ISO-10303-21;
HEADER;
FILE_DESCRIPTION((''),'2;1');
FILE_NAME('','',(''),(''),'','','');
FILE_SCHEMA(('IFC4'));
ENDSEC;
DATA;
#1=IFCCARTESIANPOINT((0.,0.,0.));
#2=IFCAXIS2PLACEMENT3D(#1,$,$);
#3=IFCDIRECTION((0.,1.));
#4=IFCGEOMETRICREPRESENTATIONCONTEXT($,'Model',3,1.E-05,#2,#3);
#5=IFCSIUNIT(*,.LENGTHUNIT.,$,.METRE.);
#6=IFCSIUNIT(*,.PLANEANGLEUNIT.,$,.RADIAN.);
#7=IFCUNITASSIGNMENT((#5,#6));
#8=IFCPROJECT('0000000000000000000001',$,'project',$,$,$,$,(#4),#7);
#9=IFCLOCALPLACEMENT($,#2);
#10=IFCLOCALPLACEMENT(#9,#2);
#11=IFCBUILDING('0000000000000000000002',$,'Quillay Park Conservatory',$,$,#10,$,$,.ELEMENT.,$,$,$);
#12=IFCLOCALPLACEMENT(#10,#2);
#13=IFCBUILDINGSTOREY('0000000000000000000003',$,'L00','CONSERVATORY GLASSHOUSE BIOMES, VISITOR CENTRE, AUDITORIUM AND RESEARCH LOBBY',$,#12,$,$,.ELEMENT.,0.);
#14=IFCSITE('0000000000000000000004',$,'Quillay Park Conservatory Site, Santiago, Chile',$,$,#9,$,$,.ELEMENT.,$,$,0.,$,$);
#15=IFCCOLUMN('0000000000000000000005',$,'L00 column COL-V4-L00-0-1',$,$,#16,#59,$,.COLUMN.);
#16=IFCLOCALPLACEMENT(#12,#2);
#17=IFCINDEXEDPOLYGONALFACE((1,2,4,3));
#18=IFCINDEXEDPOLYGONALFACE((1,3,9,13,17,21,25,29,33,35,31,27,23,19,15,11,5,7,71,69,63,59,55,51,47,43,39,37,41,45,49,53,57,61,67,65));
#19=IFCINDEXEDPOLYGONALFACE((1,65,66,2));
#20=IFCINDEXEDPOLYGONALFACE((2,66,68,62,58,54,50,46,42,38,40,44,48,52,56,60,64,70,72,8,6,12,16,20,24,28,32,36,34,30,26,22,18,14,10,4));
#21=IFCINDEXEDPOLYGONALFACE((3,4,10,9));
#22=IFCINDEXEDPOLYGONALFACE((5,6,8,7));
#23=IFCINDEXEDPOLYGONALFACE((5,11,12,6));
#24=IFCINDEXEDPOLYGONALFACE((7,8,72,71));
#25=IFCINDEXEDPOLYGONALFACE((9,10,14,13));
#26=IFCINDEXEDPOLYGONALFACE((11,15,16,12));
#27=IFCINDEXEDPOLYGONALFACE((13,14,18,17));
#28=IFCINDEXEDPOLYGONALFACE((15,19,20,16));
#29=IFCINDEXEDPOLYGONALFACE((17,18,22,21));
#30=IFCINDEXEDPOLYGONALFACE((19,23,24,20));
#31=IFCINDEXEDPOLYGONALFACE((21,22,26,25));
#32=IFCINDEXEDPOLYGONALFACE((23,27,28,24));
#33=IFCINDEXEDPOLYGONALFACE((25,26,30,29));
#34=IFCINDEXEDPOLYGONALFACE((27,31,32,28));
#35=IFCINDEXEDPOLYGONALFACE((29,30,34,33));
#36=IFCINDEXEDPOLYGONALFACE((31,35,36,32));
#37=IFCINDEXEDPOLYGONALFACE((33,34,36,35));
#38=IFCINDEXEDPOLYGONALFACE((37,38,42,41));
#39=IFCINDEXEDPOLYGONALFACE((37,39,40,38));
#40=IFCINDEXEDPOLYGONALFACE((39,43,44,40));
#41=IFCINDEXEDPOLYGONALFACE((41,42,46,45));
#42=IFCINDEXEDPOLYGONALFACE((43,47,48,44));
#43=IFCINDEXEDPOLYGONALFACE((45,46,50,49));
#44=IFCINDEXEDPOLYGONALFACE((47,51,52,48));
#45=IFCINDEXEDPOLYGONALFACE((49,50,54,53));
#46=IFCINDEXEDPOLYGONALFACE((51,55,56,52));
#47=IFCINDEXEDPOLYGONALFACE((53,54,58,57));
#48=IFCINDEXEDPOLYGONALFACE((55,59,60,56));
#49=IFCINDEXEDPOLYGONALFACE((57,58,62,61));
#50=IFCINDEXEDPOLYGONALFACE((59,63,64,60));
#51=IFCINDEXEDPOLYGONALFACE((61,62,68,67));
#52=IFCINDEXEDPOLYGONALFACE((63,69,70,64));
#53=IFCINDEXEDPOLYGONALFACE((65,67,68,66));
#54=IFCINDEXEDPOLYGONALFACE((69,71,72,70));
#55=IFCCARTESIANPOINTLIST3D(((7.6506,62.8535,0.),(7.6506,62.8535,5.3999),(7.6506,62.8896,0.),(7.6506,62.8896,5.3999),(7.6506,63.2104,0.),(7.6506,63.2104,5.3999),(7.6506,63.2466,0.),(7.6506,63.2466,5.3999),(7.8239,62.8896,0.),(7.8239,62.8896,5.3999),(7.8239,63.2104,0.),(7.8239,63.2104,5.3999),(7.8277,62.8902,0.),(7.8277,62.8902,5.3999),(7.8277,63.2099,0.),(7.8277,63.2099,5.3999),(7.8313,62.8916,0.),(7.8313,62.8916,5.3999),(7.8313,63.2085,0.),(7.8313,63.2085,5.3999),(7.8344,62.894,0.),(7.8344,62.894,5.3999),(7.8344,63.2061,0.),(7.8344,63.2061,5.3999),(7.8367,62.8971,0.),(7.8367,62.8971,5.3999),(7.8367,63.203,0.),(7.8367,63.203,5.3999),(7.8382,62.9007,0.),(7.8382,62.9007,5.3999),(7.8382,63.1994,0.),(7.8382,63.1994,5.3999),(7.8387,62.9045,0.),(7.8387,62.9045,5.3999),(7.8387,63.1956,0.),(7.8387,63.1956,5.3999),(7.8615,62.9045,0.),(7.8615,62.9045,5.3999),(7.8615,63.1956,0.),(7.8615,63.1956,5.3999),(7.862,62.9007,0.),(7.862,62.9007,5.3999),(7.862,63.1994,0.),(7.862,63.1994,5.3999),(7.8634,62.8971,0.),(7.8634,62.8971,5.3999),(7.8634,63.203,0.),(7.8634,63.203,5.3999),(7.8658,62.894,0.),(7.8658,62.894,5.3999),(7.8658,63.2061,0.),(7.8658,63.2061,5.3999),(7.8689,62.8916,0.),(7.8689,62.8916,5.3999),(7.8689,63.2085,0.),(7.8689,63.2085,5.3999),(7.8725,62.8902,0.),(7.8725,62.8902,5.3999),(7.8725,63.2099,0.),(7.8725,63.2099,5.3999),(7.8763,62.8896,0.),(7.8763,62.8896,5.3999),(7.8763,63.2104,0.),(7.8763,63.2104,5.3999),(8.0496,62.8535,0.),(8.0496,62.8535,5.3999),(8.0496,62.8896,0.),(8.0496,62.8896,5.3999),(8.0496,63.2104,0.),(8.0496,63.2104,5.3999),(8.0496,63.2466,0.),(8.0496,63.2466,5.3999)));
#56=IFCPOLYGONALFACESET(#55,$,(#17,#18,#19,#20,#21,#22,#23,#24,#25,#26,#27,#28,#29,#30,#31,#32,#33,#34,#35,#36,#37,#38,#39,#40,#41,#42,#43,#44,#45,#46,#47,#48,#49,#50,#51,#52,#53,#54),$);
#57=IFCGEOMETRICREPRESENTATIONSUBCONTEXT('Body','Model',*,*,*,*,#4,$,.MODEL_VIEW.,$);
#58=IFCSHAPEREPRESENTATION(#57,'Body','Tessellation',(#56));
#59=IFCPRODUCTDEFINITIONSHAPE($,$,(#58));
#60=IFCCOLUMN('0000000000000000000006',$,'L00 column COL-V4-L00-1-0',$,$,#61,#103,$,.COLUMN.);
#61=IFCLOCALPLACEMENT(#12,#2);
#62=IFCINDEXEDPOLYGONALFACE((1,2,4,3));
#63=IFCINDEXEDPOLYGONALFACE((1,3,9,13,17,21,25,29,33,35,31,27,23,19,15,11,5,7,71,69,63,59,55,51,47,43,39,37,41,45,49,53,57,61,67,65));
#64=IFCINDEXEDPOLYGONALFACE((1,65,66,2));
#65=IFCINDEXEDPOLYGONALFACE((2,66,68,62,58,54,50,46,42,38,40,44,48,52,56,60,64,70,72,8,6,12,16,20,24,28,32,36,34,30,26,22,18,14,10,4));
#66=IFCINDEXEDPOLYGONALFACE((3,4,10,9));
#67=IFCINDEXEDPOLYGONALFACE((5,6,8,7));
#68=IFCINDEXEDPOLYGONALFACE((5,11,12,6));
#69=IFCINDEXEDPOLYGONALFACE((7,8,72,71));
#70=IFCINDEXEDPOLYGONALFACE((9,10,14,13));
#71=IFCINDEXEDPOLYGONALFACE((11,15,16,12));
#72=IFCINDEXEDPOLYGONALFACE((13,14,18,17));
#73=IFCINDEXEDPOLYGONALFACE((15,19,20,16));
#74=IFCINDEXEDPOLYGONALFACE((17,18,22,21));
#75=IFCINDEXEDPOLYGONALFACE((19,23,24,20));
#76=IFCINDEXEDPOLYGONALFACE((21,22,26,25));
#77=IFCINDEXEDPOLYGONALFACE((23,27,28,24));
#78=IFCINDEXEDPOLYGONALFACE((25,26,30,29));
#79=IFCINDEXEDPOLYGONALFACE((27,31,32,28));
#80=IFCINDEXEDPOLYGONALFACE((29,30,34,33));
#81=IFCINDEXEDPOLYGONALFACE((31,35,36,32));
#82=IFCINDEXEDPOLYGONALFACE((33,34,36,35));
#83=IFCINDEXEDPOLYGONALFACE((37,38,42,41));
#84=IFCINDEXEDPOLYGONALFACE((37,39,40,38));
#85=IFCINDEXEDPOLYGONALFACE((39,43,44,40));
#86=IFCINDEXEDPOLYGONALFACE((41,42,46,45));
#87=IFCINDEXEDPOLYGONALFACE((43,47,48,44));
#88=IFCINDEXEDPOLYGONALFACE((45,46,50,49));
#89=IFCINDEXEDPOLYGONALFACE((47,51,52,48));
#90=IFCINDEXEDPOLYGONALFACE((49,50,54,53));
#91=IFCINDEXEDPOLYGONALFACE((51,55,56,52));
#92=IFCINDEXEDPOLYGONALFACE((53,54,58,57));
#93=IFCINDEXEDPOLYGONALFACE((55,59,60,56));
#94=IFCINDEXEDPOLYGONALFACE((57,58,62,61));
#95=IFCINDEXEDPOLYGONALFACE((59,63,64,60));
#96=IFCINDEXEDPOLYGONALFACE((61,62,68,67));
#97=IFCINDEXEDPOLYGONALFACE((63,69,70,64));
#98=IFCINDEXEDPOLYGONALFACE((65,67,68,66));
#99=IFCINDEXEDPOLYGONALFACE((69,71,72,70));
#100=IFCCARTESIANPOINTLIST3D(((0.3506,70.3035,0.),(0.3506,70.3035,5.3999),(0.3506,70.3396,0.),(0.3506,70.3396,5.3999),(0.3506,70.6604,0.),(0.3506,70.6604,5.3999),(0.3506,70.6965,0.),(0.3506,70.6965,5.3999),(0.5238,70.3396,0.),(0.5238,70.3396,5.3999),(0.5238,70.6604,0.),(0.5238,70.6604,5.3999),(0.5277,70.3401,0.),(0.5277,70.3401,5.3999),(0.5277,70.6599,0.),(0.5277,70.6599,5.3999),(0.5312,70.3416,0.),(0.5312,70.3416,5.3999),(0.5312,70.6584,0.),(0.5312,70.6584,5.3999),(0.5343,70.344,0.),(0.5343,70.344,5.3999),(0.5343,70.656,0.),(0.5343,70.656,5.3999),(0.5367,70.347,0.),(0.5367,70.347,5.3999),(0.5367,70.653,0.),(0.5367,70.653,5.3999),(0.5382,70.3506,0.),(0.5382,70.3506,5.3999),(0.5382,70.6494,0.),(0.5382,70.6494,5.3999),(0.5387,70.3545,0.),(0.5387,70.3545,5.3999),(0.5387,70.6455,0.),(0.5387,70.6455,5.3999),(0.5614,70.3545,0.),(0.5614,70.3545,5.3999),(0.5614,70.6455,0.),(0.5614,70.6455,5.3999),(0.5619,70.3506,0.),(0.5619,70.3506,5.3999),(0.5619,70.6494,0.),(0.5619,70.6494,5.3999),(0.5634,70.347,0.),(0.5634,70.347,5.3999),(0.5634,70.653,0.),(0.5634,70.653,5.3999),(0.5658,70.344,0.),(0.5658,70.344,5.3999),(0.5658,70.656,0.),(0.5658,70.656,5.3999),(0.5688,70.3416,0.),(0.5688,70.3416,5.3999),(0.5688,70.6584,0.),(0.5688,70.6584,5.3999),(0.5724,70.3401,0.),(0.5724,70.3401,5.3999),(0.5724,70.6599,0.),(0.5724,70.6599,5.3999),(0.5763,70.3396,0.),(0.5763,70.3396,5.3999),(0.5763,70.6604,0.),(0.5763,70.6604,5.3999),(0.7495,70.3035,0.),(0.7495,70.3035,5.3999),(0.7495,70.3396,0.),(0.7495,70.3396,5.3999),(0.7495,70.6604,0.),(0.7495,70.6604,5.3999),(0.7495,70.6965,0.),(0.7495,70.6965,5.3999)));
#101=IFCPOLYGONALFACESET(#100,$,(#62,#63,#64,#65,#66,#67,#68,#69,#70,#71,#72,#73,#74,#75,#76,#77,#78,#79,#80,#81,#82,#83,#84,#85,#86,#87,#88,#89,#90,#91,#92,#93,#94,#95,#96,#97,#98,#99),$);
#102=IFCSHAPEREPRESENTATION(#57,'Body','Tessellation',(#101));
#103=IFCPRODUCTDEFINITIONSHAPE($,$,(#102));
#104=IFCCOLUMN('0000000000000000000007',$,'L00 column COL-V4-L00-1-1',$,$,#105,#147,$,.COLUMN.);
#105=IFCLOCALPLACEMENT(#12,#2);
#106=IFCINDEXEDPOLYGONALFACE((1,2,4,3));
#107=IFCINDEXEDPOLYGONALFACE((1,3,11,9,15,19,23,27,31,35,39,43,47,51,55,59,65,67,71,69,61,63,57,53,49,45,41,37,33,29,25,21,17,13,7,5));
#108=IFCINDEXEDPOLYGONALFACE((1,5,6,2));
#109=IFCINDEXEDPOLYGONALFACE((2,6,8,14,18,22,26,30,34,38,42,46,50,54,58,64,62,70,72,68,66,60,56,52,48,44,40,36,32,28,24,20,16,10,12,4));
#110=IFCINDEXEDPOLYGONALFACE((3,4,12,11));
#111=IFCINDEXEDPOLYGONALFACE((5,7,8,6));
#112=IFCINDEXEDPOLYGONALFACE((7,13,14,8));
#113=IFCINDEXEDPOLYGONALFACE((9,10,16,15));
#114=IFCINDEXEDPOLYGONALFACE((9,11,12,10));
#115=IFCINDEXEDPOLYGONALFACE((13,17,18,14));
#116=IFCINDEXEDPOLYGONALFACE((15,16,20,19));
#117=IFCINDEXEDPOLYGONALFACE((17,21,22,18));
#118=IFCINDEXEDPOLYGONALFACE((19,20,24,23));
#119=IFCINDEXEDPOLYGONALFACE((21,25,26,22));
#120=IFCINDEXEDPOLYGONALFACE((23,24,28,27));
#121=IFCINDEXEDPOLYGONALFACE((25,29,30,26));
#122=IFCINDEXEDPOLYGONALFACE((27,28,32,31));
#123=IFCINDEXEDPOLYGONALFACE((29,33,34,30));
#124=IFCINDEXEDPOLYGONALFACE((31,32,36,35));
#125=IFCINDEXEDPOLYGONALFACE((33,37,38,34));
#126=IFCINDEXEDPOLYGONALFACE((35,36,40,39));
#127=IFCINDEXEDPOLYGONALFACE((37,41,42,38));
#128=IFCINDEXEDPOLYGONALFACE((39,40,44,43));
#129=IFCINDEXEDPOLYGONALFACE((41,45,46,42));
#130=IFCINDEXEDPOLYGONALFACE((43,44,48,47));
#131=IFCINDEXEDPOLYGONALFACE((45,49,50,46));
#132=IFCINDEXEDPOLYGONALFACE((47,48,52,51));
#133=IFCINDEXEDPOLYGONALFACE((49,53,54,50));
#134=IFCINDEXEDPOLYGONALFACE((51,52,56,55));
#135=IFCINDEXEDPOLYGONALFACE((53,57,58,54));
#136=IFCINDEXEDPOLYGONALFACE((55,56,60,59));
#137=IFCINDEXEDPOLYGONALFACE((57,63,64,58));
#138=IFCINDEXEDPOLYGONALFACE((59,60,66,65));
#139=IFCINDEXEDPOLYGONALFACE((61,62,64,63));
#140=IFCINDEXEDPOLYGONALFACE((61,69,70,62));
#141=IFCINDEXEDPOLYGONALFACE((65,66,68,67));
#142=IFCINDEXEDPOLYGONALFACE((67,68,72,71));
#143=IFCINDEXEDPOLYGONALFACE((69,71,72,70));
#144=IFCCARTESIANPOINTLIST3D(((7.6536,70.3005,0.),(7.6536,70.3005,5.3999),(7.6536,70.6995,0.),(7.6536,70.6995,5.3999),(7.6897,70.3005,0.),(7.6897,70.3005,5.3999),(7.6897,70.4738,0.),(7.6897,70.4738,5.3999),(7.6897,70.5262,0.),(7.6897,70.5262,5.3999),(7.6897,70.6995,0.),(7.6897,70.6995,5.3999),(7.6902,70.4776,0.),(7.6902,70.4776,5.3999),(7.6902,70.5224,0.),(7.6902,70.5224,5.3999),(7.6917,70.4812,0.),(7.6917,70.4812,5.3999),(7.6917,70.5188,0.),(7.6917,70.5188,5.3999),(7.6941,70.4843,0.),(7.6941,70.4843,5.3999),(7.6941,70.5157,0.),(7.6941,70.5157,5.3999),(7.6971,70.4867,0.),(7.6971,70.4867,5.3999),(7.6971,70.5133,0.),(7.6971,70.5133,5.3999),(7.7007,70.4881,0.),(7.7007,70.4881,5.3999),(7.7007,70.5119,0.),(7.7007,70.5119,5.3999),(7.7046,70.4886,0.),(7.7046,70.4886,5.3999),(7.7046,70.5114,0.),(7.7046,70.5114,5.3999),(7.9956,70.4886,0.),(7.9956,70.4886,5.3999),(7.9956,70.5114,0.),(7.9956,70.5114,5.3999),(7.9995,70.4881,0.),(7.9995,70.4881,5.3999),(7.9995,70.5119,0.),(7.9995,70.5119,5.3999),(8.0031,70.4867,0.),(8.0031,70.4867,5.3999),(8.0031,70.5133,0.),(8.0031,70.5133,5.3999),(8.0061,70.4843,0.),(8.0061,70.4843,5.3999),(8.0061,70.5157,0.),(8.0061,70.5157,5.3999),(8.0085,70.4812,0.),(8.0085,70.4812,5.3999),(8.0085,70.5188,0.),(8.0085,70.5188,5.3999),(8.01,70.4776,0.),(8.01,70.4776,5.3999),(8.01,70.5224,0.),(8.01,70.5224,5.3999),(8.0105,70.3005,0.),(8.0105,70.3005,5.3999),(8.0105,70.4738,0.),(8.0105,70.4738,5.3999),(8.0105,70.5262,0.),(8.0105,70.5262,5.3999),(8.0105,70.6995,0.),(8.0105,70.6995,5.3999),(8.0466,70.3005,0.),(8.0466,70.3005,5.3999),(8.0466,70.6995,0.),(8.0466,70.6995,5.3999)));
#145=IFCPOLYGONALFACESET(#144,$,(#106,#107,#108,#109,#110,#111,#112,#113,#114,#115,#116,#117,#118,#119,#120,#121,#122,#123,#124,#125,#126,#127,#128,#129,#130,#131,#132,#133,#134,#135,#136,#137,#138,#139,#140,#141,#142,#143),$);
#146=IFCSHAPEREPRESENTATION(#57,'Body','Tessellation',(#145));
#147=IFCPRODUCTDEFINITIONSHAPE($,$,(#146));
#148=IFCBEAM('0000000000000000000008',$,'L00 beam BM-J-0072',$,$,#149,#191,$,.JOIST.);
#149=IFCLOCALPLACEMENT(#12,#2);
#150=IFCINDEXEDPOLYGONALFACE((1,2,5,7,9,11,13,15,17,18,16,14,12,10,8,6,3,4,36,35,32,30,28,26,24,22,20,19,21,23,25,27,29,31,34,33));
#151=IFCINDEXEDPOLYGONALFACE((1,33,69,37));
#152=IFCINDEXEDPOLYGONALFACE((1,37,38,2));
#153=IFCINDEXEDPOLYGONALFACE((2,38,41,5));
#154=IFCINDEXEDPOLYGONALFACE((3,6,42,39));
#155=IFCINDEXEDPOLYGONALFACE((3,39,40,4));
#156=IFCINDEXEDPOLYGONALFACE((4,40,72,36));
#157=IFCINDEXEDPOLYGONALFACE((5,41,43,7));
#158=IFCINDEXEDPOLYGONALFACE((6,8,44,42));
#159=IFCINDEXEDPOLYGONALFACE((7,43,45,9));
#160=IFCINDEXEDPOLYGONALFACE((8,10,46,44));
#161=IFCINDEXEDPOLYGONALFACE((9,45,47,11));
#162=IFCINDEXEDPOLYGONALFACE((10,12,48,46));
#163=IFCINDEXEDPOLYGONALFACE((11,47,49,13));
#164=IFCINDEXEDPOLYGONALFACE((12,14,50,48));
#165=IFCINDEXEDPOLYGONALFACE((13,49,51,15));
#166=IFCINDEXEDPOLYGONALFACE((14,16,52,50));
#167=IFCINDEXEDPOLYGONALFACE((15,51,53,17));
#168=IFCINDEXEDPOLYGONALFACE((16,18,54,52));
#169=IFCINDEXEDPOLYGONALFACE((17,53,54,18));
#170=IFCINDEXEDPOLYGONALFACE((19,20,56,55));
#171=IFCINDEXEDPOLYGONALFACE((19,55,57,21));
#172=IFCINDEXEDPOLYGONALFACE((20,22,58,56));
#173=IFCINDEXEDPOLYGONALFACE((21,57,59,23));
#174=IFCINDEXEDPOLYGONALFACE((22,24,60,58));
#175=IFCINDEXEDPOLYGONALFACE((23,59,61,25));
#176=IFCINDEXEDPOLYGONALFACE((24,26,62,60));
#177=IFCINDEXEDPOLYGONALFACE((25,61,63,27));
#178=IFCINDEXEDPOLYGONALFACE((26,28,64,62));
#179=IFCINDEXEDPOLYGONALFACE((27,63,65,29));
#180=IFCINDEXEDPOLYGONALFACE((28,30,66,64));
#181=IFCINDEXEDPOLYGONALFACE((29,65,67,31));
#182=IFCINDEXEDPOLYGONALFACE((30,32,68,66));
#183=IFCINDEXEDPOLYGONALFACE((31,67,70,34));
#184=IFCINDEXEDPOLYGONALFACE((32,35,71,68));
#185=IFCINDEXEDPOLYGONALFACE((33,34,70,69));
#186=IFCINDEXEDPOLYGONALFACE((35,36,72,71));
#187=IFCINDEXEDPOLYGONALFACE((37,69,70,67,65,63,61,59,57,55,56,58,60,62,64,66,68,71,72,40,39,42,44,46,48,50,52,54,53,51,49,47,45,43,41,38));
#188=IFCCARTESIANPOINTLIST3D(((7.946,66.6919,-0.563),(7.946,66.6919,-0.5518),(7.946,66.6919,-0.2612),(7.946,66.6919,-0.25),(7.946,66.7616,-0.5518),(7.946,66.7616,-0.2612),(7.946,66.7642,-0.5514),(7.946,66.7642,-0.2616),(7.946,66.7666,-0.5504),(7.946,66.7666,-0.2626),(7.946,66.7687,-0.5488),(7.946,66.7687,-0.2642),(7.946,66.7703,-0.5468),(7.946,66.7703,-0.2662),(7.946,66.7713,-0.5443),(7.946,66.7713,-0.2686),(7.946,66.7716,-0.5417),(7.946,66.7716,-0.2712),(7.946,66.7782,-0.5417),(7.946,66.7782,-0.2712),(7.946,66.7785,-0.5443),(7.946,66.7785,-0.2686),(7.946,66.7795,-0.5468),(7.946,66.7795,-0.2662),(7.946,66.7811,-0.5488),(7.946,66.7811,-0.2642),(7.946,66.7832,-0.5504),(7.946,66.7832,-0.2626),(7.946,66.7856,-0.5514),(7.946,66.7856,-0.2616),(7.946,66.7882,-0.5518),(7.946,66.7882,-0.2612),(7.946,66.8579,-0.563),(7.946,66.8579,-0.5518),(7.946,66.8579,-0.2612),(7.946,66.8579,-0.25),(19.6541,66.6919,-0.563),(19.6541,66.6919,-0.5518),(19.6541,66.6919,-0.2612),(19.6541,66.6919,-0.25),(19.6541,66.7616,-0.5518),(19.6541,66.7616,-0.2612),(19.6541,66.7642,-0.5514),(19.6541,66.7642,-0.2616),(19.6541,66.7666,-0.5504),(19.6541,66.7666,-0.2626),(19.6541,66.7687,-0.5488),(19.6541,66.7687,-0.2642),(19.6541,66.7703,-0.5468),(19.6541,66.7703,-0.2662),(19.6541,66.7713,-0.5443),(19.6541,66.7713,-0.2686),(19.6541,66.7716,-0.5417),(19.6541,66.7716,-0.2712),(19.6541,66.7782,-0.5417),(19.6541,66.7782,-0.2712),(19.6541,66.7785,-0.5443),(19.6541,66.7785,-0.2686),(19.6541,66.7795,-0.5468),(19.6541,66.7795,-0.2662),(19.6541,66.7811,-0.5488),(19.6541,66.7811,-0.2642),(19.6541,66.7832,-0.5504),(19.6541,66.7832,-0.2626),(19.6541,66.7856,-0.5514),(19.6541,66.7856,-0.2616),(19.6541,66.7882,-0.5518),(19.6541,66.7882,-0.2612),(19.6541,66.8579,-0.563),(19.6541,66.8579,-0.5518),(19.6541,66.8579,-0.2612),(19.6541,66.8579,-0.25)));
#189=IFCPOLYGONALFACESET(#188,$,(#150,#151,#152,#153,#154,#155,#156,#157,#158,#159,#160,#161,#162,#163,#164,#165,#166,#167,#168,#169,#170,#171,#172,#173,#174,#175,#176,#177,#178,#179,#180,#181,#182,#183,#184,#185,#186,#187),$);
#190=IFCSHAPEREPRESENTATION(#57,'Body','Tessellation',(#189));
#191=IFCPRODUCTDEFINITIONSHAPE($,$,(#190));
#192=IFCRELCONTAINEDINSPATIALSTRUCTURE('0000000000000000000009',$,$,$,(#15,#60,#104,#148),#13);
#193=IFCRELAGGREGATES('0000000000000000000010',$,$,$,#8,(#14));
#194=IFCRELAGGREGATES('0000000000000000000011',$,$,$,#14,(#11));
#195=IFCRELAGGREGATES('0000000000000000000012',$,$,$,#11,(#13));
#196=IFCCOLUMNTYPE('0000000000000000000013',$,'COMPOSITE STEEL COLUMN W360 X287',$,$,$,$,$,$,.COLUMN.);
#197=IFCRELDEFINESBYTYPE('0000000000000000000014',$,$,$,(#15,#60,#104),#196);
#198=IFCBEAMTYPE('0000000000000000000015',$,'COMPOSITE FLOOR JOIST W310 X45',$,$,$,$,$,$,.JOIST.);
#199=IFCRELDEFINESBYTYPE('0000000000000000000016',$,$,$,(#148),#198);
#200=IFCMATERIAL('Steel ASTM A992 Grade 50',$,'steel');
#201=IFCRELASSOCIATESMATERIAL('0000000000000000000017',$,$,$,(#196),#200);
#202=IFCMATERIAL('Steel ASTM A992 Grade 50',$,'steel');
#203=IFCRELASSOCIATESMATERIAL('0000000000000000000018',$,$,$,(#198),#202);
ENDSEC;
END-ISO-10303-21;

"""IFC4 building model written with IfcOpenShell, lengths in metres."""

from ifc_helpers import new_model, si_unit, direction, frame, origin, origin_2d, place, context, subcontext, project, spatial, i_section, extrude, material, material_profile, profile_set, type_object, element, save


model = new_model("IFC4")

# Units and contexts
model_context = context("Model", 3, precision=1e-05, world=origin(), true_north=direction((0.0, 1.0)))
body_context = subcontext(model_context, "Body", "Model", "MODEL_VIEW")
ifc_project = project(units=[si_unit("LENGTHUNIT", "METRE"), si_unit("PLANEANGLEUNIT", "RADIAN")], contexts=[model_context])

# Site, building, storey
site_placement = place(None, origin())
site = spatial("IfcSite", under=ifc_project, at=site_placement, Name="Quillay Park Conservatory Site, Santiago, Chile", CompositionType="ELEMENT", RefElevation=0.0)
building_placement = place(site_placement, origin())
building = spatial("IfcBuilding", under=site, at=building_placement, Name="Quillay Park Conservatory", CompositionType="ELEMENT")
storey_placement = place(building_placement, origin())
storey = spatial("IfcBuildingStorey", under=building, at=storey_placement, Name="L00", Description="CONSERVATORY GLASSHOUSE BIOMES, VISITOR CENTRE, AUDITORIUM AND RESEARCH LOBBY", CompositionType="ELEMENT", Elevation=0.0)

# Columns
ifc_material_1 = material(Name="Steel ASTM A992 Grade 50", Category="steel")
ifc_material_profile_1 = material_profile(ifc_material_1, i_section(OverallWidth=0.3989, OverallDepth=0.3931, WebThickness=0.0227, FlangeThickness=0.0361, FilletRadius=0.0149, at=origin_2d()), Name="W360x287")
ifc_profile_set_1 = profile_set([ifc_material_profile_1], Name="Steel ASTM A992 Grade 50")
column_type = type_object("IfcColumnType", Name="COMPOSITE STEEL COLUMN W360 X287", PredefinedType="COLUMN", material=ifc_profile_set_1)
for number, where, z_axis, x_axis, name in (
    (1, (7.8501, 63.05, 0.0), (0.0, 0.0, 1.0), (1.0, 0.0, 0.0), "L00 column COL-V4-L00-0-1"),
    (2, (0.55, 70.5, 0.0), (0.0, 0.0, 1.0), (1.0, 0.0, 0.0), "L00 column COL-V4-L00-1-0"),
    (3, (7.8501, 70.5, 0.0), (0.0, 0.0, 1.0), (0.0, 1.0, 0.0), "L00 column COL-V4-L00-1-1"),
):
    element("IfcColumn", number, at=place(storey_placement, frame(where, z_axis=z_axis, x_axis=x_axis)), inside=storey, type_object=column_type, Name=name, PredefinedType="COLUMN", context=body_context, shape_type="SweptSolid", body=[
        extrude(i_section(OverallWidth=0.3989, OverallDepth=0.3931, WebThickness=0.0227, FlangeThickness=0.0361, FilletRadius=0.0149, at=origin_2d()), origin(), (0.0, 0.0, 1.0), 5.3999),
    ])

# Beam
ifc_material_2 = material(Name="Steel ASTM A992 Grade 50", Category="steel")
ifc_material_profile_2 = material_profile(ifc_material_2, i_section(OverallWidth=0.166, OverallDepth=0.313, WebThickness=0.0066, FlangeThickness=0.0112, FilletRadius=0.01, at=origin_2d()), Name="W310x45")
ifc_profile_set_2 = profile_set([ifc_material_profile_2], Name="Steel ASTM A992 Grade 50")
beam_type_1 = type_object("IfcBeamType", Name="COMPOSITE FLOOR JOIST W310 X45", PredefinedType="JOIST", material=ifc_profile_set_2)
for number, where, z_axis, x_axis, name in (
    (4, (7.946, 66.7749, -0.4065), (1.0, 0.0, 0.0), (0.0, 1.0, 0.0), "L00 beam BM-J-0072"),
):
    element("IfcBeam", number, at=place(storey_placement, frame(where, z_axis=z_axis, x_axis=x_axis)), inside=storey, type_object=beam_type_1, Name=name, PredefinedType="JOIST", context=body_context, shape_type="SweptSolid", body=[
        extrude(i_section(OverallWidth=0.166, OverallDepth=0.313, WebThickness=0.0066, FlangeThickness=0.0112, FilletRadius=0.01, at=origin_2d()), origin(), (0.0, 0.0, 1.0), 11.708),
    ])

save(model, "model.ifc")
